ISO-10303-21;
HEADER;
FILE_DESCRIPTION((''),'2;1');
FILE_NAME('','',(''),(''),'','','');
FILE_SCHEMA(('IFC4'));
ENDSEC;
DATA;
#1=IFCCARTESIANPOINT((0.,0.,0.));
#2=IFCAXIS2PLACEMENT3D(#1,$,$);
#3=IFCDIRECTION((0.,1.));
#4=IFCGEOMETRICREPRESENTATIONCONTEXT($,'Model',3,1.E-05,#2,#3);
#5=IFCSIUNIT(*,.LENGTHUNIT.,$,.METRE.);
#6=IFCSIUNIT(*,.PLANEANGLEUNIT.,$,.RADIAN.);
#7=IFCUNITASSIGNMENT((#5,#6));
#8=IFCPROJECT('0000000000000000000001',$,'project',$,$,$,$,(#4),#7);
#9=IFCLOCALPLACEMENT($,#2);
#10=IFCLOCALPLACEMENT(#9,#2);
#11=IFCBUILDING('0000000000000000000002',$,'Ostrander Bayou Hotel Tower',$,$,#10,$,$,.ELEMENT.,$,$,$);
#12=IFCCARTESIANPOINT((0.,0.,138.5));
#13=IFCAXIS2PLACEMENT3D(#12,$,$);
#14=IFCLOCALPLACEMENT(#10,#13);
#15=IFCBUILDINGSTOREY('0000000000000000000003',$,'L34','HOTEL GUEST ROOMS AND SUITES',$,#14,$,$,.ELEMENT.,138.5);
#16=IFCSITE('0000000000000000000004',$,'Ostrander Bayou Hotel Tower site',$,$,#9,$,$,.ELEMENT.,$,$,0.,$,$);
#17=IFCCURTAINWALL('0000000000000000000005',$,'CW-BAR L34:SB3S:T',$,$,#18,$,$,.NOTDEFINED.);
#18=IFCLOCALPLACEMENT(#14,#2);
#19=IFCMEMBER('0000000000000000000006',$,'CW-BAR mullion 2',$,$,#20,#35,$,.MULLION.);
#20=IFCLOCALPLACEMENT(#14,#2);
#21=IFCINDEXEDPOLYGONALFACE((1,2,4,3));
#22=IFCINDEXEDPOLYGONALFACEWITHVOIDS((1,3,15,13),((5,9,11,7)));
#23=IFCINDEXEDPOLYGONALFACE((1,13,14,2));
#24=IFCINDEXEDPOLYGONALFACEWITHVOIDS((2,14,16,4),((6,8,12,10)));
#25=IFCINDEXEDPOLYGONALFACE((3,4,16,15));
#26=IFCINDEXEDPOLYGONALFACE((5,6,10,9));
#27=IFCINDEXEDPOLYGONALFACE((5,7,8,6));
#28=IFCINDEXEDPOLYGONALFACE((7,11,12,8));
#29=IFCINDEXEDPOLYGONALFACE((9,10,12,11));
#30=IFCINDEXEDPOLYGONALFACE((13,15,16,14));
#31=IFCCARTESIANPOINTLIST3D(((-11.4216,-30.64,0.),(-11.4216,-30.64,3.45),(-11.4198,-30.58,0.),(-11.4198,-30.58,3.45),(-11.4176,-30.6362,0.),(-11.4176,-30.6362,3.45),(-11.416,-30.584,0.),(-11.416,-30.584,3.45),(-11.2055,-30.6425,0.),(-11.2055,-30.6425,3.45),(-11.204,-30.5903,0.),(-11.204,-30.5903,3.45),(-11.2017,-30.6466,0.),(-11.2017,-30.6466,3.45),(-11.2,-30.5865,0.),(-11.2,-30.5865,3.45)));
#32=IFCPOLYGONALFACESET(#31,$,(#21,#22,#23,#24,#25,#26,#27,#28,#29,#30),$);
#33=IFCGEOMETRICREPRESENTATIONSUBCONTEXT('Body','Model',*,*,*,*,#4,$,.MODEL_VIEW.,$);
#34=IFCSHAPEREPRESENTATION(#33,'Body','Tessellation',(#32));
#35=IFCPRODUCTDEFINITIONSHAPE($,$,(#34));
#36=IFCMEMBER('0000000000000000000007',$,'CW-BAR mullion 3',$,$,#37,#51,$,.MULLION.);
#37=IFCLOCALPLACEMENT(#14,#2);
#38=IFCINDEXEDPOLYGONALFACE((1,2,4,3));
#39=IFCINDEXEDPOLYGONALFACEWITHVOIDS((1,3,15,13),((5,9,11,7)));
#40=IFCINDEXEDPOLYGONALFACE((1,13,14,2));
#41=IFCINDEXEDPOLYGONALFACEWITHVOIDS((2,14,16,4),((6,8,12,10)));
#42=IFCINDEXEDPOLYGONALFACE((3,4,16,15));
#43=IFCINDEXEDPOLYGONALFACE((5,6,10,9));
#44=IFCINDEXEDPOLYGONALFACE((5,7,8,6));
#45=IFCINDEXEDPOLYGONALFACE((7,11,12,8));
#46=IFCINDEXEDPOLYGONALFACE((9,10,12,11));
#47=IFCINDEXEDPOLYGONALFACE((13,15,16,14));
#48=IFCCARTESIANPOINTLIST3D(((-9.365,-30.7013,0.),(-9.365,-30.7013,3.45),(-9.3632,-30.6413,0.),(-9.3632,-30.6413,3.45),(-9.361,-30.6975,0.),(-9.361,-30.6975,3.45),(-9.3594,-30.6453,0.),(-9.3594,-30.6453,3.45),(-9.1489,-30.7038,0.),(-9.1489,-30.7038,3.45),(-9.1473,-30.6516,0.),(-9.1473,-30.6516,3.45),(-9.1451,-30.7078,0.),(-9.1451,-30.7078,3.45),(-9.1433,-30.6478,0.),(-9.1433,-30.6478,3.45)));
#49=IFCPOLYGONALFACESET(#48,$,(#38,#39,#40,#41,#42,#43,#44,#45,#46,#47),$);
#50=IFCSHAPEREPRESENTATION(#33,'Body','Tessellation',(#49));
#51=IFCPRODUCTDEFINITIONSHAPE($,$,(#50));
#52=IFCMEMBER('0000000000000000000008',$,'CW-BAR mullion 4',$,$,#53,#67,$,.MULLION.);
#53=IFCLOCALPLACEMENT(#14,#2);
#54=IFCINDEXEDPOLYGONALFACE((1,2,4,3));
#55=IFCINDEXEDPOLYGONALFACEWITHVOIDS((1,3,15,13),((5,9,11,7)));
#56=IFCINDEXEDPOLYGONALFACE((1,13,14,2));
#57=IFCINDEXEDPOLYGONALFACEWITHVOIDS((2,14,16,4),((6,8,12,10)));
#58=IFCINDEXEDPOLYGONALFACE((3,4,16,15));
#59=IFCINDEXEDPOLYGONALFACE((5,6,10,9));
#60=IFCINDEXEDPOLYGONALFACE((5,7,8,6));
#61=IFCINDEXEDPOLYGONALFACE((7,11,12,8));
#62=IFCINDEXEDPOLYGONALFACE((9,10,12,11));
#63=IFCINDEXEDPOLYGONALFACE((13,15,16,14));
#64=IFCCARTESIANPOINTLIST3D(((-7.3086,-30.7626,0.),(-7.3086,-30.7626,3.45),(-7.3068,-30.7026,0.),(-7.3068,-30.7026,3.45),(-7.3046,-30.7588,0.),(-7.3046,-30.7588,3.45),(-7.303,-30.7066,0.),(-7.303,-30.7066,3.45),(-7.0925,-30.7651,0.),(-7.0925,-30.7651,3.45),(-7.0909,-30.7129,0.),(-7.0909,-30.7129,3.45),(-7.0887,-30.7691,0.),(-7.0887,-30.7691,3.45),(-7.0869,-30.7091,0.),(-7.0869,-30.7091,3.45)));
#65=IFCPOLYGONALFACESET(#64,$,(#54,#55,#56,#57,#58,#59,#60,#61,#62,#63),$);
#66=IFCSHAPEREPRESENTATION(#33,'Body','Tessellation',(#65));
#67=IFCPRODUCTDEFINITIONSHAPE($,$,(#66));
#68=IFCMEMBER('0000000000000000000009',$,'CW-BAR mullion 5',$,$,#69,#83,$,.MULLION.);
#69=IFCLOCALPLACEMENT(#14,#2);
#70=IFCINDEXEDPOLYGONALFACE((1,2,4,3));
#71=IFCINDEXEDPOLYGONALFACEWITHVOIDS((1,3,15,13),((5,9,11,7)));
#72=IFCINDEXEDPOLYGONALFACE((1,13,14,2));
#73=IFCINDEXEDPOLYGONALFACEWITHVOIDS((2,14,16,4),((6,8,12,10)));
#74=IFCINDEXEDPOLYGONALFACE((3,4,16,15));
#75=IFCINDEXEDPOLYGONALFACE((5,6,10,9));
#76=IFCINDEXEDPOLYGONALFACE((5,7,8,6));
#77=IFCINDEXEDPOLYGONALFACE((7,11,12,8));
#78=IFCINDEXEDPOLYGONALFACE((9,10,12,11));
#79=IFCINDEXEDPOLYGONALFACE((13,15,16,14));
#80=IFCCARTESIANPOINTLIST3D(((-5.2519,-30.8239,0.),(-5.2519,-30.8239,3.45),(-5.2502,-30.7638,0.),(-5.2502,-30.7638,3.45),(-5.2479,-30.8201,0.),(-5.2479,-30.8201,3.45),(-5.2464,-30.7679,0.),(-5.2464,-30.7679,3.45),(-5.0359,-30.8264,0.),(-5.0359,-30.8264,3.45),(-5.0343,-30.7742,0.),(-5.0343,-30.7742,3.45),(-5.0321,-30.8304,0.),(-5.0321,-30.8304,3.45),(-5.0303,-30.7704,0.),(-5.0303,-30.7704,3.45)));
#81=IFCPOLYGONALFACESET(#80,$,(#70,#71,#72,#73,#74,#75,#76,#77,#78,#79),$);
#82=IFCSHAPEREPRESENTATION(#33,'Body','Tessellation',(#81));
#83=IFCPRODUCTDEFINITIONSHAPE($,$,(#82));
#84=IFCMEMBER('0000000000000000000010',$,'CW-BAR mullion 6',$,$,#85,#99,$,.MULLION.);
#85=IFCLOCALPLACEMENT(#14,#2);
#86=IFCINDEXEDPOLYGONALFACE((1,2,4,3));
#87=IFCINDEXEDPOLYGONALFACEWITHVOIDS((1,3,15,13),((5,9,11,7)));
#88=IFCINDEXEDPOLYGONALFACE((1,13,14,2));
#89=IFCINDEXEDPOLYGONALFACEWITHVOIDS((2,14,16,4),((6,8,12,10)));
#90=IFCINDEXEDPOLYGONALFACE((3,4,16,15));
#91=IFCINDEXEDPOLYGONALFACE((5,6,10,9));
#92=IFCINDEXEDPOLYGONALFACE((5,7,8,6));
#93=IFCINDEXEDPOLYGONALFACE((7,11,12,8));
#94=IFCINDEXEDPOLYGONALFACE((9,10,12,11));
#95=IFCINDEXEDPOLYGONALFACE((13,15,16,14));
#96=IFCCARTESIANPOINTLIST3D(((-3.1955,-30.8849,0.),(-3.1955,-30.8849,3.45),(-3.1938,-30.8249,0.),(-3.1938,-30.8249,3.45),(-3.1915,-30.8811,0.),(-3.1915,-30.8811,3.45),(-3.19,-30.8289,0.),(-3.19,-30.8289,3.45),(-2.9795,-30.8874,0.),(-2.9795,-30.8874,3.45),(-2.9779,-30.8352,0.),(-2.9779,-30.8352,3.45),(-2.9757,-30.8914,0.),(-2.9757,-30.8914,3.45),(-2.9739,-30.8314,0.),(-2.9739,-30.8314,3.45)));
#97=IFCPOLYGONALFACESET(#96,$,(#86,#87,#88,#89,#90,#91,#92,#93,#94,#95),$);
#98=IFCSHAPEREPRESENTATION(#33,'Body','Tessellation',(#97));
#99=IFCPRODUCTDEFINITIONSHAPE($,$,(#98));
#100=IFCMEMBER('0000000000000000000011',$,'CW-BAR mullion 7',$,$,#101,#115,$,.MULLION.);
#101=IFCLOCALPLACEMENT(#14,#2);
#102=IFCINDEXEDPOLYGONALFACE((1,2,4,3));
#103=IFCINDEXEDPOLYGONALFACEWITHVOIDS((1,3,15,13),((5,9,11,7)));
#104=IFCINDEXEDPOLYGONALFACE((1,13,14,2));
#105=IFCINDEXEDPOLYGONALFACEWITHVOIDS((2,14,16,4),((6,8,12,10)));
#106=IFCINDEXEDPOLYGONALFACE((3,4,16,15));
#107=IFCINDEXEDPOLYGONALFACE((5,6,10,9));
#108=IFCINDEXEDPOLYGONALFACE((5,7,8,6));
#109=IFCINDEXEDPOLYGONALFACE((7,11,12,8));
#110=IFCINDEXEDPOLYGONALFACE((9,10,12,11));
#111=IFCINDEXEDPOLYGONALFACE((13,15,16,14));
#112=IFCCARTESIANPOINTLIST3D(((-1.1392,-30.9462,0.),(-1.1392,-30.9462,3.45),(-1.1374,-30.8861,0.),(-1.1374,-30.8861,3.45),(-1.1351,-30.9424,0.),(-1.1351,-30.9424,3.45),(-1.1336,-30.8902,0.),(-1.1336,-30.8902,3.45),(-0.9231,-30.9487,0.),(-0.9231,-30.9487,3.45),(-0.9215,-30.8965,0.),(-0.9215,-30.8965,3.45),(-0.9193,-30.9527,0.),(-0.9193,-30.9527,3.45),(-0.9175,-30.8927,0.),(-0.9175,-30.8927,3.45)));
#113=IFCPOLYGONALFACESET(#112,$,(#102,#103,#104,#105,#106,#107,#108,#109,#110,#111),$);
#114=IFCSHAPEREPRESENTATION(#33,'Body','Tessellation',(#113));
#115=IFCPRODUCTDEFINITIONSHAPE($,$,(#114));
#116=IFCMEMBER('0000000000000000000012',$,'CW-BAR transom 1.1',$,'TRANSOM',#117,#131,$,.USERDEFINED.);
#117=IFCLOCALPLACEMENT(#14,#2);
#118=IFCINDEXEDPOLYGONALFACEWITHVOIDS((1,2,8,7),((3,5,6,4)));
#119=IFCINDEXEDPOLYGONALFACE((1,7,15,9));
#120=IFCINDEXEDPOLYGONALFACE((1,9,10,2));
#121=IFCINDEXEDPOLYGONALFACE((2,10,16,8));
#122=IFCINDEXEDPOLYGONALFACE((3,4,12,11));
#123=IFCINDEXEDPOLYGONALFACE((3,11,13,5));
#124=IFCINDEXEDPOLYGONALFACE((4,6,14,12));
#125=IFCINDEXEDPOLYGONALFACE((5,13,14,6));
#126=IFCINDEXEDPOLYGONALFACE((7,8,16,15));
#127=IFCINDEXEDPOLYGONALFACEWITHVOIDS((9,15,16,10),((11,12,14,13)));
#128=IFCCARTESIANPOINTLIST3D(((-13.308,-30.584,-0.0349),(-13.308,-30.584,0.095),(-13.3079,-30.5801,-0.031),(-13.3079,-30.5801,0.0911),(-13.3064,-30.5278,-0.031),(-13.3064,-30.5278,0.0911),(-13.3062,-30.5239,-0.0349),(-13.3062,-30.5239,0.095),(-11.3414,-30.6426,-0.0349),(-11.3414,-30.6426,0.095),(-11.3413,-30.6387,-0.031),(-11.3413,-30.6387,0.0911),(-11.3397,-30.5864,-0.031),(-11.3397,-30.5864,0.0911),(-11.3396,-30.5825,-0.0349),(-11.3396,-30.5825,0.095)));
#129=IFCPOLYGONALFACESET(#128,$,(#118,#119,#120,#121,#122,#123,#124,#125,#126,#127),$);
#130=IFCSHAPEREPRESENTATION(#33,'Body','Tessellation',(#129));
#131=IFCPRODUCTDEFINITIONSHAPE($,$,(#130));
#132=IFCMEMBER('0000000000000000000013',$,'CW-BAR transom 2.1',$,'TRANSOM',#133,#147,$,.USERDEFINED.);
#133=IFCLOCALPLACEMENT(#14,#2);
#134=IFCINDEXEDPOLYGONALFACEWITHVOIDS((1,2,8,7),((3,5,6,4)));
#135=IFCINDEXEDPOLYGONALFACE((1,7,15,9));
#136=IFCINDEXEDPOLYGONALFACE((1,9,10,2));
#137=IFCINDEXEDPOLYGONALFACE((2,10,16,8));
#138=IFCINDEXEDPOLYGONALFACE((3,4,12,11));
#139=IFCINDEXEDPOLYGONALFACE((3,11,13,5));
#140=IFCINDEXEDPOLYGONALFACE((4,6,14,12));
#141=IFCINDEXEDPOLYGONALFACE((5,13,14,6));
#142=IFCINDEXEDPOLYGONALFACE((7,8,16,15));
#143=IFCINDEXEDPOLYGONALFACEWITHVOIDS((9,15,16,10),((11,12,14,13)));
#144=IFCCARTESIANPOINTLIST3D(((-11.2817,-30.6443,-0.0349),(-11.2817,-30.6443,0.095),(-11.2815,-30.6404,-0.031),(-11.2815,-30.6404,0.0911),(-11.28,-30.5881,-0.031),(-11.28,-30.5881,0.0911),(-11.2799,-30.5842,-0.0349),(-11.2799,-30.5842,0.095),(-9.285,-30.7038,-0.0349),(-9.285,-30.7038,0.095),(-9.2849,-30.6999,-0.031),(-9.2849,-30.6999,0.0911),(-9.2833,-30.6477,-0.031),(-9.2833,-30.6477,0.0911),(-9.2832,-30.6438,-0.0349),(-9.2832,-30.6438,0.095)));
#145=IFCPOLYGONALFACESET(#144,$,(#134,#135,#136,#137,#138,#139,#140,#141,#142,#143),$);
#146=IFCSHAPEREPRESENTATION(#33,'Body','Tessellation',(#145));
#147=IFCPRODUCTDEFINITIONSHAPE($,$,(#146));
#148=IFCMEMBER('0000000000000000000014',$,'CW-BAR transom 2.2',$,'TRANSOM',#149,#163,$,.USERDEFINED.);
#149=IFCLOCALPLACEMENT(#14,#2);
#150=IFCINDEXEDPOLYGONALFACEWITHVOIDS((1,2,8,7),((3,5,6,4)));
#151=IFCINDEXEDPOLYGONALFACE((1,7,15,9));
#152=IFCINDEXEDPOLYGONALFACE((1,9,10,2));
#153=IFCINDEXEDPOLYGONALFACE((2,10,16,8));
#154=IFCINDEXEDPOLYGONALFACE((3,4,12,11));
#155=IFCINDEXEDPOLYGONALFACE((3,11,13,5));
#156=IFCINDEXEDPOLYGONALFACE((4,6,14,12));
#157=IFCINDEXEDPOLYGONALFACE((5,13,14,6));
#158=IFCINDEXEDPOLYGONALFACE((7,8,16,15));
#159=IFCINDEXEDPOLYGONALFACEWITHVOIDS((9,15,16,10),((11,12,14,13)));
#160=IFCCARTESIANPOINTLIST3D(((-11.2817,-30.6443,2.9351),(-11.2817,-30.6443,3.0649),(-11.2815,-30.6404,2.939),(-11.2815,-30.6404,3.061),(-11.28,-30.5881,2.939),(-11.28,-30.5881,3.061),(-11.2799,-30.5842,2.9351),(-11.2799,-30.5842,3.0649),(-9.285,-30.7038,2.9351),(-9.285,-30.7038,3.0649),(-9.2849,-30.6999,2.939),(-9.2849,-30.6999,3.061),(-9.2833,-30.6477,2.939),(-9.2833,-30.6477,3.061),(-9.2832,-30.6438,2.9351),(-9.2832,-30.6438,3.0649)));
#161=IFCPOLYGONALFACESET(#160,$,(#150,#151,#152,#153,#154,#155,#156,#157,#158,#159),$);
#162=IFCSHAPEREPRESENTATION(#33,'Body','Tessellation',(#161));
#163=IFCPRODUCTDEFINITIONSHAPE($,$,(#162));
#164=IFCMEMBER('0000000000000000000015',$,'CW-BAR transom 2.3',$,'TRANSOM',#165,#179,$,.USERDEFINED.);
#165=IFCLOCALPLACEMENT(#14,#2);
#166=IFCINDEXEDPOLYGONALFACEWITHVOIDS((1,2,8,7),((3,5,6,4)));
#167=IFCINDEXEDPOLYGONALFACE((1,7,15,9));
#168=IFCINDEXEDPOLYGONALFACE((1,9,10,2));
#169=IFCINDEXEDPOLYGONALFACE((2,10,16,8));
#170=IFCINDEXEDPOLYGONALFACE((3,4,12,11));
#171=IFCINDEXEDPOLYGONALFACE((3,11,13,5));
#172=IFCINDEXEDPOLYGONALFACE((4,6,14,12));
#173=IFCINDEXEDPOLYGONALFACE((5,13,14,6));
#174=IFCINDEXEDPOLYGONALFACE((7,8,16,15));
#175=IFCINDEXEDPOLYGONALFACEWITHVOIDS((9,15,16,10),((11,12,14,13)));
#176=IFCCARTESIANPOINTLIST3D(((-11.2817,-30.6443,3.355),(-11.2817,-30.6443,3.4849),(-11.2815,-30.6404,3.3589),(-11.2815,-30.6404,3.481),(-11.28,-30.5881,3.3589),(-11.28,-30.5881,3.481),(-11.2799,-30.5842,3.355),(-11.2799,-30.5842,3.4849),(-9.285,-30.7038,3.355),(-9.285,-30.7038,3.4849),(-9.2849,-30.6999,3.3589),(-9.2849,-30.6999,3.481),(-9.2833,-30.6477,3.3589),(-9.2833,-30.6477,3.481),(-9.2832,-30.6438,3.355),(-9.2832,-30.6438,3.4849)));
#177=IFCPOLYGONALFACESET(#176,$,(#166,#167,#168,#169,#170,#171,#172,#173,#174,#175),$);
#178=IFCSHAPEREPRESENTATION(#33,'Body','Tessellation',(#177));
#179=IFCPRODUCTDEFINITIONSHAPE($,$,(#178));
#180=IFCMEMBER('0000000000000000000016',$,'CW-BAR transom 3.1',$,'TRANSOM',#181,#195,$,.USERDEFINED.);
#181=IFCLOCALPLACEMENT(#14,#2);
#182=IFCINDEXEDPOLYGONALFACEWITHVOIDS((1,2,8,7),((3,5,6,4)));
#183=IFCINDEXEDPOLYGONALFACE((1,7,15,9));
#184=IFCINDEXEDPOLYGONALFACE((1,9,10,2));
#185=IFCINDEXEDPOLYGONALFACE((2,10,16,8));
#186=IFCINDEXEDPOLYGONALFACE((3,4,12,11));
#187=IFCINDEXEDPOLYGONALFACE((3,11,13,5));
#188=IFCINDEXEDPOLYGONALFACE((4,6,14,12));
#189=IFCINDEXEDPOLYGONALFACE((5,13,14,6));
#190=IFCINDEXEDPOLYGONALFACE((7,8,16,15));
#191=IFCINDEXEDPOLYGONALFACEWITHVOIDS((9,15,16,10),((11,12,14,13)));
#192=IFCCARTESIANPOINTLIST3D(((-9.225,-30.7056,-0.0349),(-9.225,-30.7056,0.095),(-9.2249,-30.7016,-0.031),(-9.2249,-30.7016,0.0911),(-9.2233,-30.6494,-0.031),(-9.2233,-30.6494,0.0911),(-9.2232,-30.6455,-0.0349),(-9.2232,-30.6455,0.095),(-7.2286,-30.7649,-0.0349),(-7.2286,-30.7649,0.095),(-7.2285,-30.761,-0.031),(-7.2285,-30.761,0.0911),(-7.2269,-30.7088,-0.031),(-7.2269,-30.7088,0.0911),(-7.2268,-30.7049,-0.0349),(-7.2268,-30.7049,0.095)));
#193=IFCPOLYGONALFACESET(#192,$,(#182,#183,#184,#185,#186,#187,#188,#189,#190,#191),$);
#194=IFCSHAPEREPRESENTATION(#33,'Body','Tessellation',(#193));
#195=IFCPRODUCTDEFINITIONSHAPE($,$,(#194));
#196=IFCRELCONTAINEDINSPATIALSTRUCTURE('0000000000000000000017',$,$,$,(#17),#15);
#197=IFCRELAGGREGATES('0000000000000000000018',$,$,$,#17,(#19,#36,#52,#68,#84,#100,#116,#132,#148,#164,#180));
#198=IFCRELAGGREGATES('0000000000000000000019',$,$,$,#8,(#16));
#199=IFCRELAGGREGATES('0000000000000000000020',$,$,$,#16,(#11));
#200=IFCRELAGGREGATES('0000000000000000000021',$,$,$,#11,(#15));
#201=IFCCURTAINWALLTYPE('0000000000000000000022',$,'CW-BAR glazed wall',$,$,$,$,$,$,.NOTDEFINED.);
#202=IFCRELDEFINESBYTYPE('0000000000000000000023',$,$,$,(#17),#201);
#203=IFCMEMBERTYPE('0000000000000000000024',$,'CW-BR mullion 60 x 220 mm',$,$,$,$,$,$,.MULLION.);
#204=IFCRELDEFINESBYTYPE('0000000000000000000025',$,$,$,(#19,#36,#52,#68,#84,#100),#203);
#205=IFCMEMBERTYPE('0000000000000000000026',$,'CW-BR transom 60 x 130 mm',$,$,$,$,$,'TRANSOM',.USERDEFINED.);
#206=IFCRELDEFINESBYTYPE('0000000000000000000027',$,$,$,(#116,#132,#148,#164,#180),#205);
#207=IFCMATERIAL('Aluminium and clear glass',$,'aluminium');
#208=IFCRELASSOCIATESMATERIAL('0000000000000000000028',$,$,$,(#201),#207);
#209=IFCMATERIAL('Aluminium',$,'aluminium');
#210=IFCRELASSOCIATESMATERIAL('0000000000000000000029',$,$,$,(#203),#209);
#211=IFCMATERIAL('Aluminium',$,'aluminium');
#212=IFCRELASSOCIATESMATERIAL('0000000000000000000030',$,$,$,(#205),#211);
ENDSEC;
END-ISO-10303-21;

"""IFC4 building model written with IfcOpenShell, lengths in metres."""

from ifc_helpers import new_model, si_unit, direction, frame, origin, origin_2d, place, context, subcontext, project, spatial, hollow_rectangle, extrude, material, material_profile, profile_set, type_object, element, aggregate, save


model = new_model("IFC4")

# Units and contexts
model_context = context("Model", 3, precision=1e-05, world=origin(), true_north=direction((0.0, 1.0)))
body_context = subcontext(model_context, "Body", "Model", "MODEL_VIEW")
ifc_project = project(units=[si_unit("LENGTHUNIT", "METRE"), si_unit("PLANEANGLEUNIT", "RADIAN")], contexts=[model_context])

# Site, building, storey
site_placement = place(None, origin())
site = spatial("IfcSite", under=ifc_project, at=site_placement, Name="Ostrander Bayou Hotel Tower site", CompositionType="ELEMENT", RefElevation=0.0)
building_placement = place(site_placement, origin())
building = spatial("IfcBuilding", under=site, at=building_placement, Name="Ostrander Bayou Hotel Tower", CompositionType="ELEMENT")
storey_placement = place(building_placement, frame((0.0, 0.0, 138.5)))
storey = spatial("IfcBuildingStorey", under=building, at=storey_placement, Name="L34", Description="HOTEL GUEST ROOMS AND SUITES", CompositionType="ELEMENT", Elevation=138.5)

# Curtain wall, members
ifc_material_1 = material(Name="Aluminium and clear glass", Category="aluminium")
curtain_wall_type = type_object("IfcCurtainWallType", Name="CW-BAR glazed wall", PredefinedType="NOTDEFINED", material=ifc_material_1)
curtain_wall_placement = place(storey_placement, origin())
curtain_wall = element("IfcCurtainWall", 1, at=curtain_wall_placement, inside=storey, type_object=curtain_wall_type, Name="CW-BAR L34:SB3S:T", PredefinedType="NOTDEFINED")
ifc_material_2 = material(Name="Aluminium", Category="aluminium")
ifc_material_profile_1 = material_profile(ifc_material_2, hollow_rectangle(XDim=0.0601, YDim=0.22, WallThickness=0.0039, at=origin_2d()))
ifc_profile_set_1 = profile_set([ifc_material_profile_1], Name="Aluminium")
member_type_1 = type_object("IfcMemberType", Name="CW-BR mullion 60 x 220 mm", PredefinedType="MULLION", material=ifc_profile_set_1)
member_1_placement = place(storey_placement, frame((-11.3108, -30.6133, 0.0), z_axis=(0.0, 0.0, 1.0), x_axis=(0.029746, 0.999557, 0.0)))
member_1 = element("IfcMember", 2, at=member_1_placement, type_object=member_type_1, Name="CW-BAR mullion 2", PredefinedType="MULLION", context=body_context, shape_type="SweptSolid", body=[
    extrude(hollow_rectangle(XDim=0.0601, YDim=0.22, WallThickness=0.0039, at=origin_2d()), origin(), (0.0, 0.0, 1.0), 3.45),
])
member_2_placement = place(storey_placement, frame((-9.2542, -30.6746, 0.0), z_axis=(0.0, 0.0, 1.0), x_axis=(0.029746, 0.999557, 0.0)))
member_2 = element("IfcMember", 3, at=member_2_placement, type_object=member_type_1, Name="CW-BAR mullion 3", PredefinedType="MULLION", context=body_context, shape_type="SweptSolid", body=[
    extrude(hollow_rectangle(XDim=0.0601, YDim=0.22, WallThickness=0.0039, at=origin_2d()), origin(), (0.0, 0.0, 1.0), 3.45),
])
member_3_placement = place(storey_placement, frame((-7.1978, -30.7358, 0.0), z_axis=(0.0, 0.0, 1.0), x_axis=(0.029746, 0.999557, 0.0)))
member_3 = element("IfcMember", 4, at=member_3_placement, type_object=member_type_1, Name="CW-BAR mullion 4", PredefinedType="MULLION", context=body_context, shape_type="SweptSolid", body=[
    extrude(hollow_rectangle(XDim=0.0601, YDim=0.22, WallThickness=0.0039, at=origin_2d()), origin(), (0.0, 0.0, 1.0), 3.45),
])
member_4_placement = place(storey_placement, frame((-5.1411, -30.7971, 0.0), z_axis=(0.0, 0.0, 1.0), x_axis=(0.029746, 0.999557, 0.0)))
member_4 = element("IfcMember", 5, at=member_4_placement, type_object=member_type_1, Name="CW-BAR mullion 5", PredefinedType="MULLION", context=body_context, shape_type="SweptSolid", body=[
    extrude(hollow_rectangle(XDim=0.0601, YDim=0.22, WallThickness=0.0039, at=origin_2d()), origin(), (0.0, 0.0, 1.0), 3.45),
])
member_5_placement = place(storey_placement, frame((-3.0847, -30.8582, 0.0), z_axis=(0.0, 0.0, 1.0), x_axis=(0.029746, 0.999557, 0.0)))
member_5 = element("IfcMember", 6, at=member_5_placement, type_object=member_type_1, Name="CW-BAR mullion 6", PredefinedType="MULLION", context=body_context, shape_type="SweptSolid", body=[
    extrude(hollow_rectangle(XDim=0.0601, YDim=0.22, WallThickness=0.0039, at=origin_2d()), origin(), (0.0, 0.0, 1.0), 3.45),
])
member_6_placement = place(storey_placement, frame((-1.0283, -30.9194, 0.0), z_axis=(0.0, 0.0, 1.0), x_axis=(0.029746, 0.999557, 0.0)))
member_6 = element("IfcMember", 7, at=member_6_placement, type_object=member_type_1, Name="CW-BAR mullion 7", PredefinedType="MULLION", context=body_context, shape_type="SweptSolid", body=[
    extrude(hollow_rectangle(XDim=0.0601, YDim=0.22, WallThickness=0.0039, at=origin_2d()), origin(), (0.0, 0.0, 1.0), 3.45),
])
ifc_material_3 = material(Name="Aluminium", Category="aluminium")
ifc_material_profile_2 = material_profile(ifc_material_3, hollow_rectangle(XDim=0.0601, YDim=0.1299, WallThickness=0.0039, at=origin_2d()))
ifc_profile_set_2 = profile_set([ifc_material_profile_2], Name="Aluminium")
member_type_2 = type_object("IfcMemberType", Name="CW-BR transom 60 x 130 mm", ElementType="TRANSOM", PredefinedType="USERDEFINED", material=ifc_profile_set_2)
member_7_placement = place(storey_placement, frame((-13.3071, -30.554, 0.03), z_axis=(0.999556, -0.029782, 0.0), x_axis=(0.029782, 0.999556, 0.0)))
member_7 = element("IfcMember", 8, at=member_7_placement, type_object=member_type_2, Name="CW-BAR transom 1.1", ObjectType="TRANSOM", PredefinedType="USERDEFINED", context=body_context, shape_type="SweptSolid", body=[
    extrude(hollow_rectangle(XDim=0.0601, YDim=0.1299, WallThickness=0.0039, at=origin_2d()), origin(), (0.0, 0.0, 1.0), 1.9675),
])
member_8_placement = place(storey_placement, frame((-11.2808, -30.6143, 0.03), z_axis=(0.999555, -0.029823, 0.0), x_axis=(0.029823, 0.999555, 0.0)))
member_8 = element("IfcMember", 9, at=member_8_placement, type_object=member_type_2, Name="CW-BAR transom 2.1", ObjectType="TRANSOM", PredefinedType="USERDEFINED", context=body_context, shape_type="SweptSolid", body=[
    extrude(hollow_rectangle(XDim=0.0601, YDim=0.1299, WallThickness=0.0039, at=origin_2d()), origin(), (0.0, 0.0, 1.0), 1.9976),
])
member_9_placement = place(storey_placement, frame((-11.2808, -30.6143, 3.0), z_axis=(0.999555, -0.029823, 0.0), x_axis=(0.029823, 0.999555, 0.0)))
member_9 = element("IfcMember", 10, at=member_9_placement, type_object=member_type_2, Name="CW-BAR transom 2.2", ObjectType="TRANSOM", PredefinedType="USERDEFINED", context=body_context, shape_type="SweptSolid", body=[
    extrude(hollow_rectangle(XDim=0.0601, YDim=0.1299, WallThickness=0.0039, at=origin_2d()), origin(), (0.0, 0.0, 1.0), 1.9976),
])
member_10_placement = place(storey_placement, frame((-11.2808, -30.6143, 3.4199), z_axis=(0.999555, -0.029823, 0.0), x_axis=(0.029823, 0.999555, 0.0)))
member_10 = element("IfcMember", 11, at=member_10_placement, type_object=member_type_2, Name="CW-BAR transom 2.3", ObjectType="TRANSOM", PredefinedType="USERDEFINED", context=body_context, shape_type="SweptSolid", body=[
    extrude(hollow_rectangle(XDim=0.0601, YDim=0.1299, WallThickness=0.0039, at=origin_2d()), origin(), (0.0, 0.0, 1.0), 1.9976),
])
member_11_placement = place(storey_placement, frame((-9.2241, -30.6755, 0.03), z_axis=(0.999559, -0.029704, 0.0), x_axis=(0.029704, 0.999559, 0.0)))
member_11 = element("IfcMember", 12, at=member_11_placement, type_object=member_type_2, Name="CW-BAR transom 3.1", ObjectType="TRANSOM", PredefinedType="USERDEFINED", context=body_context, shape_type="SweptSolid", body=[
    extrude(hollow_rectangle(XDim=0.0601, YDim=0.1299, WallThickness=0.0039, at=origin_2d()), origin(), (0.0, 0.0, 1.0), 1.9973),
])

aggregate(curtain_wall, [member_1, member_2, member_3, member_4, member_5, member_6, member_7, member_8, member_9, member_10, member_11])

save(model, "model.ifc")
